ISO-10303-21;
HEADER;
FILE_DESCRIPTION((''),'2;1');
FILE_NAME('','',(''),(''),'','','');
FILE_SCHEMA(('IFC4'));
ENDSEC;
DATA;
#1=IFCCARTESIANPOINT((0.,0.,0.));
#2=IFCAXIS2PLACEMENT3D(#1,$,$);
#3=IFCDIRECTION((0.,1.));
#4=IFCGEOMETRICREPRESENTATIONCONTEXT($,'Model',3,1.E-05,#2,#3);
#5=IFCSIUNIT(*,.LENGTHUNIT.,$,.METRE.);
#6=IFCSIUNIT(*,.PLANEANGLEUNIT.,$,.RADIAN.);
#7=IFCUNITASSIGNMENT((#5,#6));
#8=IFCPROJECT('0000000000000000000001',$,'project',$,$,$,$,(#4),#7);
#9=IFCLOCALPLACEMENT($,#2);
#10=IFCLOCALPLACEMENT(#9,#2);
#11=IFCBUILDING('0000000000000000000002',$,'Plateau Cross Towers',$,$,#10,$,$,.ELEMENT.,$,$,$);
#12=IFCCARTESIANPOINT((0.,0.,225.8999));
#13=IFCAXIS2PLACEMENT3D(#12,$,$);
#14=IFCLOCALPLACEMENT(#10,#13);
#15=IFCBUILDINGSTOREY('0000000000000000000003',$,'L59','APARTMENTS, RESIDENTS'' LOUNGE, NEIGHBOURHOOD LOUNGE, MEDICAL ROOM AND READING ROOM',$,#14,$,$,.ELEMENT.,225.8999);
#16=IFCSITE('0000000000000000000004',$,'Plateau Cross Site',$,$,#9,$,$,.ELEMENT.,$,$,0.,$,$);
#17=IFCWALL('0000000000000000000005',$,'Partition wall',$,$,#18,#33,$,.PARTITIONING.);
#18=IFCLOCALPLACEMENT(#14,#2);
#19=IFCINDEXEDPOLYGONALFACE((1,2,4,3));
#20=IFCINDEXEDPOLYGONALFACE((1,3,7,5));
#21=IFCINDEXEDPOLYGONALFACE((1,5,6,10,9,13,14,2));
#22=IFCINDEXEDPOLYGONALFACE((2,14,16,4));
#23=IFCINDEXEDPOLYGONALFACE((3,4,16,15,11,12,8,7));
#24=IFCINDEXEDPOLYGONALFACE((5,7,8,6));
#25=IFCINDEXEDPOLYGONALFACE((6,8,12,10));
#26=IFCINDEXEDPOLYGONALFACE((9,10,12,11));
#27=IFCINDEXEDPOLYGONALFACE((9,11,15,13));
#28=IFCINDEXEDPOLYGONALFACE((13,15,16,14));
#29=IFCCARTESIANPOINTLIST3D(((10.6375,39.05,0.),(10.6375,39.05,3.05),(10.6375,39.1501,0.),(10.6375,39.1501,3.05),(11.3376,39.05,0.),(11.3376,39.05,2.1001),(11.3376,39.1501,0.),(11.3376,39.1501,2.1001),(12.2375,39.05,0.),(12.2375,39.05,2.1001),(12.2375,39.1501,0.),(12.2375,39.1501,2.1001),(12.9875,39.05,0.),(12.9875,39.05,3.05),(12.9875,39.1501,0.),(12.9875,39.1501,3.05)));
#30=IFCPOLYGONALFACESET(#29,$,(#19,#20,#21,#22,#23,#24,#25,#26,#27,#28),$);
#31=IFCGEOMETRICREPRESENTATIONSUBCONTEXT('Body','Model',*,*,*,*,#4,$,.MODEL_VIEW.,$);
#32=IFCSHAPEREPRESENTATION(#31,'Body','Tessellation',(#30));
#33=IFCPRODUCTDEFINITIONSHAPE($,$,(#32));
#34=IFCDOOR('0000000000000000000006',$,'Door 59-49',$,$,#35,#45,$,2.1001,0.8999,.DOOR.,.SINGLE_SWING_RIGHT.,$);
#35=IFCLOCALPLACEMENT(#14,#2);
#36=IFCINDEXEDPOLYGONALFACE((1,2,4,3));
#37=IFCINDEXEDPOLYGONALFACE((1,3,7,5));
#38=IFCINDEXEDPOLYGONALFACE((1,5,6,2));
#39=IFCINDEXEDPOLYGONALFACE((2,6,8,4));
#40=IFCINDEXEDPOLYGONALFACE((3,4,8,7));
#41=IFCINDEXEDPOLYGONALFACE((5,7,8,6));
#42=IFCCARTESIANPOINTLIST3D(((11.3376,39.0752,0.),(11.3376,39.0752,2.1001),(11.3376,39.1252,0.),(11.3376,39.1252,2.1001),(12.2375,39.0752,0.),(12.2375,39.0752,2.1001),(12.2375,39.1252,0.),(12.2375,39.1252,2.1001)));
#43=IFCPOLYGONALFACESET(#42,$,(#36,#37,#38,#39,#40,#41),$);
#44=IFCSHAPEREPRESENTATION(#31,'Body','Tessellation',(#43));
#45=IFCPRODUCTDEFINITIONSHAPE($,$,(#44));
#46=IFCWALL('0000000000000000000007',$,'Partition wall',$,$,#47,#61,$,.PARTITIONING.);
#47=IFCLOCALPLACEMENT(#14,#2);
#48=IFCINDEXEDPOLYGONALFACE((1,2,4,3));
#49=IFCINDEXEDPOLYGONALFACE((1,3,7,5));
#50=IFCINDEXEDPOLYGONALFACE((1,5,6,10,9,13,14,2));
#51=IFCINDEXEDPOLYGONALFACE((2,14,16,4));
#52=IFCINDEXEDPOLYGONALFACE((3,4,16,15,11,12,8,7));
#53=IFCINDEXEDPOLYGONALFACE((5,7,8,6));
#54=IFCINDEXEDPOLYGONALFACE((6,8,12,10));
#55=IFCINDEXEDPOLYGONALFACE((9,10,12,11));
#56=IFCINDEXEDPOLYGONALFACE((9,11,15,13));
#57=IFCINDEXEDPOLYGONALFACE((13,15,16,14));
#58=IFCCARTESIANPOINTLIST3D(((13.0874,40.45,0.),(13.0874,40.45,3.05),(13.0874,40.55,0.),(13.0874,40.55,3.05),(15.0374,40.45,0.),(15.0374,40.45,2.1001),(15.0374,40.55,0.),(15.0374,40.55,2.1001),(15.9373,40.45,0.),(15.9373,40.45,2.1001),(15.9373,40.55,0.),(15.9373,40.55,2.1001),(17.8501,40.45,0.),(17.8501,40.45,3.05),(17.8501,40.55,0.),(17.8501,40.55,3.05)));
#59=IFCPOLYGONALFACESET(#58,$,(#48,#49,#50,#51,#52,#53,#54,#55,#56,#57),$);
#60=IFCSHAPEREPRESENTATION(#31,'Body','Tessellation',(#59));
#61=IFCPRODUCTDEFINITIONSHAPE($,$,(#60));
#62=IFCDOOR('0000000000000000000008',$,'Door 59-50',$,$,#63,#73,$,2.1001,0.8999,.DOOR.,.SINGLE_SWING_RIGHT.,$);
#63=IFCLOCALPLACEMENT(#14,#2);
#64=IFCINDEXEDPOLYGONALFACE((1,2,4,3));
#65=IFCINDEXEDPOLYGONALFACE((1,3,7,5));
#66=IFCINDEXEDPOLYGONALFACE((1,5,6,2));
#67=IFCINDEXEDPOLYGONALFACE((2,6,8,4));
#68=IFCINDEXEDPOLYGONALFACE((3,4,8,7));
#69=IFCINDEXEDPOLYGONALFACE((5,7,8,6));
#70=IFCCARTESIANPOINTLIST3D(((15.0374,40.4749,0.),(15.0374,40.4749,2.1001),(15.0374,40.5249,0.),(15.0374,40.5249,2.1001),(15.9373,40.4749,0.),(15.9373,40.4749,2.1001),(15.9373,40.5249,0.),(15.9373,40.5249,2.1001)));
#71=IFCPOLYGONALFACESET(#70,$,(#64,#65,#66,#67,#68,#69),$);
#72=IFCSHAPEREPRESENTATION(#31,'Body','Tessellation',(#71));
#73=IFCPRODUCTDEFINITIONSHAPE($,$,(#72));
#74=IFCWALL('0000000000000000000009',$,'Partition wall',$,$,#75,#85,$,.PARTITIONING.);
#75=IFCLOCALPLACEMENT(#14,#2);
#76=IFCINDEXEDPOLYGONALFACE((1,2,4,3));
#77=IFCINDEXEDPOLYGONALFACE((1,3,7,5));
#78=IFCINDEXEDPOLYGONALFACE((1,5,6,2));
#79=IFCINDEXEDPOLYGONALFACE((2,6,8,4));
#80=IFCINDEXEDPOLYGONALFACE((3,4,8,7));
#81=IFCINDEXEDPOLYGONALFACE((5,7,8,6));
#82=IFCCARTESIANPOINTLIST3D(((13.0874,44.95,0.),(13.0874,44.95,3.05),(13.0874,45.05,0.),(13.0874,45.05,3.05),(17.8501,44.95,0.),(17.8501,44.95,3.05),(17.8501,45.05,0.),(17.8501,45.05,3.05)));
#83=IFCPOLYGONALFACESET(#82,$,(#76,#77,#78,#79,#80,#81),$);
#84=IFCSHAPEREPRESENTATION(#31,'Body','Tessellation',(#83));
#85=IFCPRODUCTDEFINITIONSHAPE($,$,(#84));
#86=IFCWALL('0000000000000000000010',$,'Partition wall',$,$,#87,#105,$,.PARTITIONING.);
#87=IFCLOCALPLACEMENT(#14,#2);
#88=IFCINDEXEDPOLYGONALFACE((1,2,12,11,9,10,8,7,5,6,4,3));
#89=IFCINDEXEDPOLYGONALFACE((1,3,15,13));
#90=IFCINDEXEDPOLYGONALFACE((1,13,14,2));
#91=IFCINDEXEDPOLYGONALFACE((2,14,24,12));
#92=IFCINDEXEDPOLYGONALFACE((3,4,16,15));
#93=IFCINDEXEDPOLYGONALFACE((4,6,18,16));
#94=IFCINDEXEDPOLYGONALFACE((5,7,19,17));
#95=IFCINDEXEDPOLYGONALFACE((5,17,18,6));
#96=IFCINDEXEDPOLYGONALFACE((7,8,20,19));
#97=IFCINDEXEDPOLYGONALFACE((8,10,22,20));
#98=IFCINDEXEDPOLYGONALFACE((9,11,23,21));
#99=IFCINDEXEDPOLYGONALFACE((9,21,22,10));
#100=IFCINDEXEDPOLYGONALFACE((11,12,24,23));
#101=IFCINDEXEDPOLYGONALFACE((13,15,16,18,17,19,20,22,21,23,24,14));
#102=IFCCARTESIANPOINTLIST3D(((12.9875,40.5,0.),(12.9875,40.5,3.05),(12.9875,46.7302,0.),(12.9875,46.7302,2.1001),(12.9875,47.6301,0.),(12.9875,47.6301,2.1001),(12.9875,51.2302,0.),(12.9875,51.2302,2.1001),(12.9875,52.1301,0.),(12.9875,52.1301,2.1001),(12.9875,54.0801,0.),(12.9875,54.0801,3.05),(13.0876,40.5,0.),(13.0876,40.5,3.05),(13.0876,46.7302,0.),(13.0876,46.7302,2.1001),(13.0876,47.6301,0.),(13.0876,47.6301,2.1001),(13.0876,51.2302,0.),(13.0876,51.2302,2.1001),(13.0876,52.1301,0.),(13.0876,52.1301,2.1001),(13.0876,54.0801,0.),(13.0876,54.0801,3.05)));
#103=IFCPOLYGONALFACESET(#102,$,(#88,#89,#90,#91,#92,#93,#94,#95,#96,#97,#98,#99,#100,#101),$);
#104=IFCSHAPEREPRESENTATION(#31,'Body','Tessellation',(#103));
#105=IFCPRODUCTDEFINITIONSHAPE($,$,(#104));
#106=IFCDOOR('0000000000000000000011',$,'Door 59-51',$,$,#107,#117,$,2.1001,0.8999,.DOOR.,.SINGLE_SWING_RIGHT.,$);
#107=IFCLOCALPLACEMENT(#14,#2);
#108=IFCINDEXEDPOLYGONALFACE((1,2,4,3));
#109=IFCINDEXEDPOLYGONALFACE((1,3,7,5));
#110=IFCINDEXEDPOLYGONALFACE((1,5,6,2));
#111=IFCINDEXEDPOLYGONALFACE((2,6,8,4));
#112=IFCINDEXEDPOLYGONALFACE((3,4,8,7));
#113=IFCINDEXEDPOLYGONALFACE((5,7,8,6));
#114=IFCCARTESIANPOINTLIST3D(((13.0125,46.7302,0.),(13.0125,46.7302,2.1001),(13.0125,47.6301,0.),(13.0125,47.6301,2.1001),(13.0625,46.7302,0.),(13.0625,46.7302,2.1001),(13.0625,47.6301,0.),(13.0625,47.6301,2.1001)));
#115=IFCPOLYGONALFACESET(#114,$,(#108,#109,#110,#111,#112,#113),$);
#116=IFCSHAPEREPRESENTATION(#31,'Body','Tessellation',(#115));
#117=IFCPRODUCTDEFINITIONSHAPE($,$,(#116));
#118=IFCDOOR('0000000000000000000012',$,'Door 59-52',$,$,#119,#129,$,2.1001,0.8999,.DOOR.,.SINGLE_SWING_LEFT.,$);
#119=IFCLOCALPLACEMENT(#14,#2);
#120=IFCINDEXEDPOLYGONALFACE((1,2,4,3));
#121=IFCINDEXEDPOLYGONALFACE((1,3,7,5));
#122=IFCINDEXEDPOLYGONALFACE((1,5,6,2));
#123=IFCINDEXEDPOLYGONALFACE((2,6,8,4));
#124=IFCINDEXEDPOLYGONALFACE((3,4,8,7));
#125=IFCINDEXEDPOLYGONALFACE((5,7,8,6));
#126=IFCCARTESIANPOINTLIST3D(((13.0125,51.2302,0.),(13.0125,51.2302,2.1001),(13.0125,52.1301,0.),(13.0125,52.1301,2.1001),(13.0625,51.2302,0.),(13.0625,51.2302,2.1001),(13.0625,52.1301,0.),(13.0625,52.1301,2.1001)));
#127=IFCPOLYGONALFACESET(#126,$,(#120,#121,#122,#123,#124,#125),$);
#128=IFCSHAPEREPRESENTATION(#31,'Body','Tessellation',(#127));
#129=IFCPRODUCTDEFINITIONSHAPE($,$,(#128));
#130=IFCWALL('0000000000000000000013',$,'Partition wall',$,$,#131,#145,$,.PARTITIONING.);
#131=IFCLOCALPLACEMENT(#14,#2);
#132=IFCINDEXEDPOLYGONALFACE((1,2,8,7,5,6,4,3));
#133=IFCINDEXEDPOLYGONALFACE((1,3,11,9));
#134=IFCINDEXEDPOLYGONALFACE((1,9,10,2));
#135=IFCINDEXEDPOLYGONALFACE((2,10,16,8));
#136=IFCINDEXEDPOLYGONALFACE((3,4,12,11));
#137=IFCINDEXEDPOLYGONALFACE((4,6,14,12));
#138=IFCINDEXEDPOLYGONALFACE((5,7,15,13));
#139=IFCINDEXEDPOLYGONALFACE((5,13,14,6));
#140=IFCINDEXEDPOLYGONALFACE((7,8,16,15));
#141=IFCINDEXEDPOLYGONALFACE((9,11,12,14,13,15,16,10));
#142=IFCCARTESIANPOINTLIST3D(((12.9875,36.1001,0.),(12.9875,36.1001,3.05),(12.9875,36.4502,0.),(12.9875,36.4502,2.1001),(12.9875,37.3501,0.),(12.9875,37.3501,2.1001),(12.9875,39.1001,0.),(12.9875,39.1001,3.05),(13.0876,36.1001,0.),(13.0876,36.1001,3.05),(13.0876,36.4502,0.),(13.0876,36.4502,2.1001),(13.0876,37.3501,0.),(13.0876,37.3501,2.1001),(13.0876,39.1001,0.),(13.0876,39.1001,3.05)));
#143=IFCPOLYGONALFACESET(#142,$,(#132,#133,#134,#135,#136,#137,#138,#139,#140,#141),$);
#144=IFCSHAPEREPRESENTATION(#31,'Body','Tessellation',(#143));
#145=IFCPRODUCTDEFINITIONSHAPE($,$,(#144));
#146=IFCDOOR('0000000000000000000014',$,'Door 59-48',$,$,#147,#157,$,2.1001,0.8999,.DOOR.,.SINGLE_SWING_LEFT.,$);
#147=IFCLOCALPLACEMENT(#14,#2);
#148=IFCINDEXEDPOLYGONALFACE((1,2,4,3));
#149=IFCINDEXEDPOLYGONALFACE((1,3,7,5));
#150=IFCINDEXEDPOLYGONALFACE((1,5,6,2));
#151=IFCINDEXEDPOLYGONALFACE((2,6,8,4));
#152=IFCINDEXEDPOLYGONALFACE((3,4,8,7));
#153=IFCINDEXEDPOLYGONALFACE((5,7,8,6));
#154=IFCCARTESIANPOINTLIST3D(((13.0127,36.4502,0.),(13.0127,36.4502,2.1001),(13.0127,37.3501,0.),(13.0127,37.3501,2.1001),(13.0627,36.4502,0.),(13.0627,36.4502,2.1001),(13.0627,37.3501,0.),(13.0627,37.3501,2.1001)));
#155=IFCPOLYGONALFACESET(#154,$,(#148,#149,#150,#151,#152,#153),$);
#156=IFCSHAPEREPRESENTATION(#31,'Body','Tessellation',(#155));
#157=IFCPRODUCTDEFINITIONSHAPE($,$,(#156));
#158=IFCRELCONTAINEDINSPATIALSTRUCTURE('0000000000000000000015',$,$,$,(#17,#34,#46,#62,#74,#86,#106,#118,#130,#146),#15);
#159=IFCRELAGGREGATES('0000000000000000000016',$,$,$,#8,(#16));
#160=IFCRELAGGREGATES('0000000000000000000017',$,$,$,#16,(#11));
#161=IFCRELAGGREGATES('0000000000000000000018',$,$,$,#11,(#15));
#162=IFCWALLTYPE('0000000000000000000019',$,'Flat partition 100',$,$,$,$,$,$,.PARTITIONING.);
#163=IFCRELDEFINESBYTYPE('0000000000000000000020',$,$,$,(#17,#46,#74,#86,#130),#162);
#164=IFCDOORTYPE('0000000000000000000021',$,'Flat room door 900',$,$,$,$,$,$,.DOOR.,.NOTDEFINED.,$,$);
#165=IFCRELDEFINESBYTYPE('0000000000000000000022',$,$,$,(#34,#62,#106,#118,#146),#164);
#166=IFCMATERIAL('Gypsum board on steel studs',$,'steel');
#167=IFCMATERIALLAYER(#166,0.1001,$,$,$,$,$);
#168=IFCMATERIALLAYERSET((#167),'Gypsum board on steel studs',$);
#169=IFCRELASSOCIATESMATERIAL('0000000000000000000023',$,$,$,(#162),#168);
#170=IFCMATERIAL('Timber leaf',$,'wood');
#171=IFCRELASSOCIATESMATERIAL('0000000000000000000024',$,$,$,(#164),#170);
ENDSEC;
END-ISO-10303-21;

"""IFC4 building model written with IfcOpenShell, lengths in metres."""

from ifc_helpers import new_model, si_unit, direction, frame, frame_2d, origin, place, context, subcontext, project, spatial, rectangle, extrude, material, layer, layer_set, type_object, element, fill, save


model = new_model("IFC4")

# Units and contexts
model_context = context("Model", 3, precision=1e-05, world=origin(), true_north=direction((0.0, 1.0)))
body_context = subcontext(model_context, "Body", "Model", "MODEL_VIEW")
ifc_project = project(units=[si_unit("LENGTHUNIT", "METRE"), si_unit("PLANEANGLEUNIT", "RADIAN")], contexts=[model_context])

# Site, building, storey
site_placement = place(None, origin())
site = spatial("IfcSite", under=ifc_project, at=site_placement, Name="Plateau Cross Site", CompositionType="ELEMENT", RefElevation=0.0)
building_placement = place(site_placement, origin())
building = spatial("IfcBuilding", under=site, at=building_placement, Name="Plateau Cross Towers", CompositionType="ELEMENT")
storey_placement = place(building_placement, frame((0.0, 0.0, 225.8999)))
storey = spatial("IfcBuildingStorey", under=building, at=storey_placement, Name="L59", Description="APARTMENTS, RESIDENTS' LOUNGE, NEIGHBOURHOOD LOUNGE, MEDICAL ROOM AND READING ROOM", CompositionType="ELEMENT", Elevation=225.8999)

# Shared definitions
ifc_material_1 = material(Name="Gypsum board on steel studs", Category="steel")
ifc_layer_1 = layer(ifc_material_1, 0.1001)
ifc_layer_set_1 = layer_set([ifc_layer_1], Name="Gypsum board on steel studs")
wall_type_1 = type_object("IfcWallType", Name="Flat partition 100", PredefinedType="PARTITIONING", material=ifc_layer_set_1)

# Walls, openings, doors
wall_1_placement = place(storey_placement, frame((12.9875, 39.1001, 0.0), z_axis=(0.0, 0.0, 1.0), x_axis=(-1.0, 0.0, 0.0)))
wall_1 = element("IfcWall", 1, at=wall_1_placement, inside=storey, type_object=wall_type_1, Name="Partition wall", PredefinedType="PARTITIONING", context=body_context, shape_type="SweptSolid", body=[
    extrude(rectangle(XDim=2.3501, YDim=0.1001, at=frame_2d((1.175, 0.0))), origin(), (0.0, 0.0, 1.0), 3.05),
])
opening_1_placement = place(wall_1_placement, frame((0.75, 0.0, 0.0)))
opening_1 = element("IfcOpeningElement", 2, at=opening_1_placement, cuts=wall_1, PredefinedType="OPENING", context=body_context, shape_type="SweptSolid", body=[
    extrude(rectangle(XDim=0.8999, YDim=2.1001, at=frame_2d((0.45, 1.05))), frame((0.0, 0.0601, 0.0), z_axis=(0.0, -1.0, 0.0), x_axis=(1.0, 0.0, 0.0)), (0.0, 0.0, 1.0), 0.1201),
])
ifc_material_2 = material(Name="Timber leaf", Category="wood")
door_type_1 = type_object("IfcDoorType", Name="Flat room door 900", OperationType="NOTDEFINED", PredefinedType="DOOR", material=ifc_material_2)
door_1_placement = place(opening_1_placement, origin())
door_1 = element("IfcDoor", 3, at=door_1_placement, inside=storey, type_object=door_type_1, Name="Door 59-49", OperationType="SINGLE_SWING_RIGHT", OverallHeight=2.1001, OverallWidth=0.8999, PredefinedType="DOOR", context=body_context, shape_type="SweptSolid", body=[
    extrude(rectangle(XDim=0.8999, YDim=2.1001, at=frame_2d((0.45, 1.05))), frame((0.0, 0.0249, 0.0), z_axis=(0.0, -1.0, 0.0), x_axis=(1.0, 0.0, 0.0)), (0.0, 0.0, 1.0), 0.05),
])
fill(opening_1, door_1)
wall_2_placement = place(storey_placement, frame((13.0874, 40.5, 0.0), z_axis=(0.0, 0.0, 1.0), x_axis=(1.0, 0.0, 0.0)))
wall_2 = element("IfcWall", 4, at=wall_2_placement, inside=storey, type_object=wall_type_1, Name="Partition wall", PredefinedType="PARTITIONING", context=body_context, shape_type="SweptSolid", body=[
    extrude(rectangle(XDim=4.7627, YDim=0.1001, at=frame_2d((2.3813, 0.0))), origin(), (0.0, 0.0, 1.0), 3.05),
])
opening_2_placement = place(wall_2_placement, frame((1.95, 0.0, 0.0)))
opening_2 = element("IfcOpeningElement", 5, at=opening_2_placement, cuts=wall_2, PredefinedType="OPENING", context=body_context, shape_type="SweptSolid", body=[
    extrude(rectangle(XDim=0.8999, YDim=2.1001, at=frame_2d((0.45, 1.05))), frame((0.0, 0.0601, 0.0), z_axis=(0.0, -1.0, 0.0), x_axis=(1.0, 0.0, 0.0)), (0.0, 0.0, 1.0), 0.1201),
])
door_2_placement = place(opening_2_placement, origin())
door_2 = element("IfcDoor", 6, at=door_2_placement, inside=storey, type_object=door_type_1, Name="Door 59-50", OperationType="SINGLE_SWING_RIGHT", OverallHeight=2.1001, OverallWidth=0.8999, PredefinedType="DOOR", context=body_context, shape_type="SweptSolid", body=[
    extrude(rectangle(XDim=0.8999, YDim=2.1001, at=frame_2d((0.45, 1.05))), frame((0.0, 0.0249, 0.0), z_axis=(0.0, -1.0, 0.0), x_axis=(1.0, 0.0, 0.0)), (0.0, 0.0, 1.0), 0.05),
])
fill(opening_2, door_2)

# Wall
wall_3_placement = place(storey_placement, frame((17.8501, 45.0, 0.0), z_axis=(0.0, 0.0, 1.0), x_axis=(-1.0, 0.0, 0.0)))
element("IfcWall", 7, at=wall_3_placement, inside=storey, type_object=wall_type_1, Name="Partition wall", PredefinedType="PARTITIONING", context=body_context, shape_type="SweptSolid", body=[
    extrude(rectangle(XDim=4.7627, YDim=0.1001, at=frame_2d((2.3813, 0.0))), origin(), (0.0, 0.0, 1.0), 3.05),
])

# Wall, openings, doors
wall_4_placement = place(storey_placement, frame((13.0376, 54.0801, 0.0), z_axis=(0.0, 0.0, 1.0), x_axis=(0.0, -1.0, 0.0)))
wall_4 = element("IfcWall", 8, at=wall_4_placement, inside=storey, type_object=wall_type_1, Name="Partition wall", PredefinedType="PARTITIONING", context=body_context, shape_type="SweptSolid", body=[
    extrude(rectangle(XDim=13.5801, YDim=0.1001, at=frame_2d((6.79, 0.0))), origin(), (0.0, 0.0, 1.0), 3.05),
])
opening_3_placement = place(wall_4_placement, frame((6.45, 0.0, 0.0)))
opening_3 = element("IfcOpeningElement", 9, at=opening_3_placement, cuts=wall_4, PredefinedType="OPENING", context=body_context, shape_type="SweptSolid", body=[
    extrude(rectangle(XDim=0.8999, YDim=2.1001, at=frame_2d((0.45, 1.05))), frame((0.0, 0.0601, 0.0), z_axis=(0.0, -1.0, 0.0), x_axis=(1.0, 0.0, 0.0)), (0.0, 0.0, 1.0), 0.1201),
])
opening_4_placement = place(wall_4_placement, frame((1.95, 0.0, 0.0)))
opening_4 = element("IfcOpeningElement", 10, at=opening_4_placement, cuts=wall_4, PredefinedType="OPENING", context=body_context, shape_type="SweptSolid", body=[
    extrude(rectangle(XDim=0.8999, YDim=2.1001, at=frame_2d((0.45, 1.05))), frame((0.0, 0.0601, 0.0), z_axis=(0.0, -1.0, 0.0), x_axis=(1.0, 0.0, 0.0)), (0.0, 0.0, 1.0), 0.1201),
])
door_3_placement = place(opening_3_placement, origin())
door_3 = element("IfcDoor", 11, at=door_3_placement, inside=storey, type_object=door_type_1, Name="Door 59-51", OperationType="SINGLE_SWING_RIGHT", OverallHeight=2.1001, OverallWidth=0.8999, PredefinedType="DOOR", context=body_context, shape_type="SweptSolid", body=[
    extrude(rectangle(XDim=0.8999, YDim=2.1001, at=frame_2d((0.45, 1.05))), frame((0.0, 0.0249, 0.0), z_axis=(0.0, -1.0, 0.0), x_axis=(1.0, 0.0, 0.0)), (0.0, 0.0, 1.0), 0.05),
])
fill(opening_3, door_3)
door_4_placement = place(opening_4_placement, origin())
door_4 = element("IfcDoor", 12, at=door_4_placement, inside=storey, type_object=door_type_1, Name="Door 59-52", OperationType="SINGLE_SWING_LEFT", OverallHeight=2.1001, OverallWidth=0.8999, PredefinedType="DOOR", context=body_context, shape_type="SweptSolid", body=[
    extrude(rectangle(XDim=0.8999, YDim=2.1001, at=frame_2d((0.45, 1.05))), frame((0.0, 0.0249, 0.0), z_axis=(0.0, -1.0, 0.0), x_axis=(1.0, 0.0, 0.0)), (0.0, 0.0, 1.0), 0.05),
])
fill(opening_4, door_4)

# Wall, opening, door
wall_5_placement = place(storey_placement, frame((13.0376, 36.1001, 0.0), z_axis=(0.0, 0.0, 1.0), x_axis=(0.0, 1.0, 0.0)))
wall_5 = element("IfcWall", 13, at=wall_5_placement, inside=storey, type_object=wall_type_1, Name="Partition wall", PredefinedType="PARTITIONING", context=body_context, shape_type="SweptSolid", body=[
    extrude(rectangle(XDim=3.0, YDim=0.1001, at=frame_2d((1.5, 0.0))), origin(), (0.0, 0.0, 1.0), 3.05),
])
opening_5_placement = place(wall_5_placement, frame((0.3501, 0.0, 0.0)))
opening_5 = element("IfcOpeningElement", 14, at=opening_5_placement, cuts=wall_5, PredefinedType="OPENING", context=body_context, shape_type="SweptSolid", body=[
    extrude(rectangle(XDim=0.8999, YDim=2.1001, at=frame_2d((0.45, 1.05))), frame((0.0, 0.0601, 0.0), z_axis=(0.0, -1.0, 0.0), x_axis=(1.0, 0.0, 0.0)), (0.0, 0.0, 1.0), 0.1201),
])
door_5_placement = place(opening_5_placement, origin())
door_5 = element("IfcDoor", 15, at=door_5_placement, inside=storey, type_object=door_type_1, Name="Door 59-48", OperationType="SINGLE_SWING_LEFT", OverallHeight=2.1001, OverallWidth=0.8999, PredefinedType="DOOR", context=body_context, shape_type="SweptSolid", body=[
    extrude(rectangle(XDim=0.8999, YDim=2.1001, at=frame_2d((0.45, 1.05))), frame((0.0, 0.0249, 0.0), z_axis=(0.0, -1.0, 0.0), x_axis=(1.0, 0.0, 0.0)), (0.0, 0.0, 1.0), 0.05),
])
fill(opening_5, door_5)

save(model, "model.ifc")
